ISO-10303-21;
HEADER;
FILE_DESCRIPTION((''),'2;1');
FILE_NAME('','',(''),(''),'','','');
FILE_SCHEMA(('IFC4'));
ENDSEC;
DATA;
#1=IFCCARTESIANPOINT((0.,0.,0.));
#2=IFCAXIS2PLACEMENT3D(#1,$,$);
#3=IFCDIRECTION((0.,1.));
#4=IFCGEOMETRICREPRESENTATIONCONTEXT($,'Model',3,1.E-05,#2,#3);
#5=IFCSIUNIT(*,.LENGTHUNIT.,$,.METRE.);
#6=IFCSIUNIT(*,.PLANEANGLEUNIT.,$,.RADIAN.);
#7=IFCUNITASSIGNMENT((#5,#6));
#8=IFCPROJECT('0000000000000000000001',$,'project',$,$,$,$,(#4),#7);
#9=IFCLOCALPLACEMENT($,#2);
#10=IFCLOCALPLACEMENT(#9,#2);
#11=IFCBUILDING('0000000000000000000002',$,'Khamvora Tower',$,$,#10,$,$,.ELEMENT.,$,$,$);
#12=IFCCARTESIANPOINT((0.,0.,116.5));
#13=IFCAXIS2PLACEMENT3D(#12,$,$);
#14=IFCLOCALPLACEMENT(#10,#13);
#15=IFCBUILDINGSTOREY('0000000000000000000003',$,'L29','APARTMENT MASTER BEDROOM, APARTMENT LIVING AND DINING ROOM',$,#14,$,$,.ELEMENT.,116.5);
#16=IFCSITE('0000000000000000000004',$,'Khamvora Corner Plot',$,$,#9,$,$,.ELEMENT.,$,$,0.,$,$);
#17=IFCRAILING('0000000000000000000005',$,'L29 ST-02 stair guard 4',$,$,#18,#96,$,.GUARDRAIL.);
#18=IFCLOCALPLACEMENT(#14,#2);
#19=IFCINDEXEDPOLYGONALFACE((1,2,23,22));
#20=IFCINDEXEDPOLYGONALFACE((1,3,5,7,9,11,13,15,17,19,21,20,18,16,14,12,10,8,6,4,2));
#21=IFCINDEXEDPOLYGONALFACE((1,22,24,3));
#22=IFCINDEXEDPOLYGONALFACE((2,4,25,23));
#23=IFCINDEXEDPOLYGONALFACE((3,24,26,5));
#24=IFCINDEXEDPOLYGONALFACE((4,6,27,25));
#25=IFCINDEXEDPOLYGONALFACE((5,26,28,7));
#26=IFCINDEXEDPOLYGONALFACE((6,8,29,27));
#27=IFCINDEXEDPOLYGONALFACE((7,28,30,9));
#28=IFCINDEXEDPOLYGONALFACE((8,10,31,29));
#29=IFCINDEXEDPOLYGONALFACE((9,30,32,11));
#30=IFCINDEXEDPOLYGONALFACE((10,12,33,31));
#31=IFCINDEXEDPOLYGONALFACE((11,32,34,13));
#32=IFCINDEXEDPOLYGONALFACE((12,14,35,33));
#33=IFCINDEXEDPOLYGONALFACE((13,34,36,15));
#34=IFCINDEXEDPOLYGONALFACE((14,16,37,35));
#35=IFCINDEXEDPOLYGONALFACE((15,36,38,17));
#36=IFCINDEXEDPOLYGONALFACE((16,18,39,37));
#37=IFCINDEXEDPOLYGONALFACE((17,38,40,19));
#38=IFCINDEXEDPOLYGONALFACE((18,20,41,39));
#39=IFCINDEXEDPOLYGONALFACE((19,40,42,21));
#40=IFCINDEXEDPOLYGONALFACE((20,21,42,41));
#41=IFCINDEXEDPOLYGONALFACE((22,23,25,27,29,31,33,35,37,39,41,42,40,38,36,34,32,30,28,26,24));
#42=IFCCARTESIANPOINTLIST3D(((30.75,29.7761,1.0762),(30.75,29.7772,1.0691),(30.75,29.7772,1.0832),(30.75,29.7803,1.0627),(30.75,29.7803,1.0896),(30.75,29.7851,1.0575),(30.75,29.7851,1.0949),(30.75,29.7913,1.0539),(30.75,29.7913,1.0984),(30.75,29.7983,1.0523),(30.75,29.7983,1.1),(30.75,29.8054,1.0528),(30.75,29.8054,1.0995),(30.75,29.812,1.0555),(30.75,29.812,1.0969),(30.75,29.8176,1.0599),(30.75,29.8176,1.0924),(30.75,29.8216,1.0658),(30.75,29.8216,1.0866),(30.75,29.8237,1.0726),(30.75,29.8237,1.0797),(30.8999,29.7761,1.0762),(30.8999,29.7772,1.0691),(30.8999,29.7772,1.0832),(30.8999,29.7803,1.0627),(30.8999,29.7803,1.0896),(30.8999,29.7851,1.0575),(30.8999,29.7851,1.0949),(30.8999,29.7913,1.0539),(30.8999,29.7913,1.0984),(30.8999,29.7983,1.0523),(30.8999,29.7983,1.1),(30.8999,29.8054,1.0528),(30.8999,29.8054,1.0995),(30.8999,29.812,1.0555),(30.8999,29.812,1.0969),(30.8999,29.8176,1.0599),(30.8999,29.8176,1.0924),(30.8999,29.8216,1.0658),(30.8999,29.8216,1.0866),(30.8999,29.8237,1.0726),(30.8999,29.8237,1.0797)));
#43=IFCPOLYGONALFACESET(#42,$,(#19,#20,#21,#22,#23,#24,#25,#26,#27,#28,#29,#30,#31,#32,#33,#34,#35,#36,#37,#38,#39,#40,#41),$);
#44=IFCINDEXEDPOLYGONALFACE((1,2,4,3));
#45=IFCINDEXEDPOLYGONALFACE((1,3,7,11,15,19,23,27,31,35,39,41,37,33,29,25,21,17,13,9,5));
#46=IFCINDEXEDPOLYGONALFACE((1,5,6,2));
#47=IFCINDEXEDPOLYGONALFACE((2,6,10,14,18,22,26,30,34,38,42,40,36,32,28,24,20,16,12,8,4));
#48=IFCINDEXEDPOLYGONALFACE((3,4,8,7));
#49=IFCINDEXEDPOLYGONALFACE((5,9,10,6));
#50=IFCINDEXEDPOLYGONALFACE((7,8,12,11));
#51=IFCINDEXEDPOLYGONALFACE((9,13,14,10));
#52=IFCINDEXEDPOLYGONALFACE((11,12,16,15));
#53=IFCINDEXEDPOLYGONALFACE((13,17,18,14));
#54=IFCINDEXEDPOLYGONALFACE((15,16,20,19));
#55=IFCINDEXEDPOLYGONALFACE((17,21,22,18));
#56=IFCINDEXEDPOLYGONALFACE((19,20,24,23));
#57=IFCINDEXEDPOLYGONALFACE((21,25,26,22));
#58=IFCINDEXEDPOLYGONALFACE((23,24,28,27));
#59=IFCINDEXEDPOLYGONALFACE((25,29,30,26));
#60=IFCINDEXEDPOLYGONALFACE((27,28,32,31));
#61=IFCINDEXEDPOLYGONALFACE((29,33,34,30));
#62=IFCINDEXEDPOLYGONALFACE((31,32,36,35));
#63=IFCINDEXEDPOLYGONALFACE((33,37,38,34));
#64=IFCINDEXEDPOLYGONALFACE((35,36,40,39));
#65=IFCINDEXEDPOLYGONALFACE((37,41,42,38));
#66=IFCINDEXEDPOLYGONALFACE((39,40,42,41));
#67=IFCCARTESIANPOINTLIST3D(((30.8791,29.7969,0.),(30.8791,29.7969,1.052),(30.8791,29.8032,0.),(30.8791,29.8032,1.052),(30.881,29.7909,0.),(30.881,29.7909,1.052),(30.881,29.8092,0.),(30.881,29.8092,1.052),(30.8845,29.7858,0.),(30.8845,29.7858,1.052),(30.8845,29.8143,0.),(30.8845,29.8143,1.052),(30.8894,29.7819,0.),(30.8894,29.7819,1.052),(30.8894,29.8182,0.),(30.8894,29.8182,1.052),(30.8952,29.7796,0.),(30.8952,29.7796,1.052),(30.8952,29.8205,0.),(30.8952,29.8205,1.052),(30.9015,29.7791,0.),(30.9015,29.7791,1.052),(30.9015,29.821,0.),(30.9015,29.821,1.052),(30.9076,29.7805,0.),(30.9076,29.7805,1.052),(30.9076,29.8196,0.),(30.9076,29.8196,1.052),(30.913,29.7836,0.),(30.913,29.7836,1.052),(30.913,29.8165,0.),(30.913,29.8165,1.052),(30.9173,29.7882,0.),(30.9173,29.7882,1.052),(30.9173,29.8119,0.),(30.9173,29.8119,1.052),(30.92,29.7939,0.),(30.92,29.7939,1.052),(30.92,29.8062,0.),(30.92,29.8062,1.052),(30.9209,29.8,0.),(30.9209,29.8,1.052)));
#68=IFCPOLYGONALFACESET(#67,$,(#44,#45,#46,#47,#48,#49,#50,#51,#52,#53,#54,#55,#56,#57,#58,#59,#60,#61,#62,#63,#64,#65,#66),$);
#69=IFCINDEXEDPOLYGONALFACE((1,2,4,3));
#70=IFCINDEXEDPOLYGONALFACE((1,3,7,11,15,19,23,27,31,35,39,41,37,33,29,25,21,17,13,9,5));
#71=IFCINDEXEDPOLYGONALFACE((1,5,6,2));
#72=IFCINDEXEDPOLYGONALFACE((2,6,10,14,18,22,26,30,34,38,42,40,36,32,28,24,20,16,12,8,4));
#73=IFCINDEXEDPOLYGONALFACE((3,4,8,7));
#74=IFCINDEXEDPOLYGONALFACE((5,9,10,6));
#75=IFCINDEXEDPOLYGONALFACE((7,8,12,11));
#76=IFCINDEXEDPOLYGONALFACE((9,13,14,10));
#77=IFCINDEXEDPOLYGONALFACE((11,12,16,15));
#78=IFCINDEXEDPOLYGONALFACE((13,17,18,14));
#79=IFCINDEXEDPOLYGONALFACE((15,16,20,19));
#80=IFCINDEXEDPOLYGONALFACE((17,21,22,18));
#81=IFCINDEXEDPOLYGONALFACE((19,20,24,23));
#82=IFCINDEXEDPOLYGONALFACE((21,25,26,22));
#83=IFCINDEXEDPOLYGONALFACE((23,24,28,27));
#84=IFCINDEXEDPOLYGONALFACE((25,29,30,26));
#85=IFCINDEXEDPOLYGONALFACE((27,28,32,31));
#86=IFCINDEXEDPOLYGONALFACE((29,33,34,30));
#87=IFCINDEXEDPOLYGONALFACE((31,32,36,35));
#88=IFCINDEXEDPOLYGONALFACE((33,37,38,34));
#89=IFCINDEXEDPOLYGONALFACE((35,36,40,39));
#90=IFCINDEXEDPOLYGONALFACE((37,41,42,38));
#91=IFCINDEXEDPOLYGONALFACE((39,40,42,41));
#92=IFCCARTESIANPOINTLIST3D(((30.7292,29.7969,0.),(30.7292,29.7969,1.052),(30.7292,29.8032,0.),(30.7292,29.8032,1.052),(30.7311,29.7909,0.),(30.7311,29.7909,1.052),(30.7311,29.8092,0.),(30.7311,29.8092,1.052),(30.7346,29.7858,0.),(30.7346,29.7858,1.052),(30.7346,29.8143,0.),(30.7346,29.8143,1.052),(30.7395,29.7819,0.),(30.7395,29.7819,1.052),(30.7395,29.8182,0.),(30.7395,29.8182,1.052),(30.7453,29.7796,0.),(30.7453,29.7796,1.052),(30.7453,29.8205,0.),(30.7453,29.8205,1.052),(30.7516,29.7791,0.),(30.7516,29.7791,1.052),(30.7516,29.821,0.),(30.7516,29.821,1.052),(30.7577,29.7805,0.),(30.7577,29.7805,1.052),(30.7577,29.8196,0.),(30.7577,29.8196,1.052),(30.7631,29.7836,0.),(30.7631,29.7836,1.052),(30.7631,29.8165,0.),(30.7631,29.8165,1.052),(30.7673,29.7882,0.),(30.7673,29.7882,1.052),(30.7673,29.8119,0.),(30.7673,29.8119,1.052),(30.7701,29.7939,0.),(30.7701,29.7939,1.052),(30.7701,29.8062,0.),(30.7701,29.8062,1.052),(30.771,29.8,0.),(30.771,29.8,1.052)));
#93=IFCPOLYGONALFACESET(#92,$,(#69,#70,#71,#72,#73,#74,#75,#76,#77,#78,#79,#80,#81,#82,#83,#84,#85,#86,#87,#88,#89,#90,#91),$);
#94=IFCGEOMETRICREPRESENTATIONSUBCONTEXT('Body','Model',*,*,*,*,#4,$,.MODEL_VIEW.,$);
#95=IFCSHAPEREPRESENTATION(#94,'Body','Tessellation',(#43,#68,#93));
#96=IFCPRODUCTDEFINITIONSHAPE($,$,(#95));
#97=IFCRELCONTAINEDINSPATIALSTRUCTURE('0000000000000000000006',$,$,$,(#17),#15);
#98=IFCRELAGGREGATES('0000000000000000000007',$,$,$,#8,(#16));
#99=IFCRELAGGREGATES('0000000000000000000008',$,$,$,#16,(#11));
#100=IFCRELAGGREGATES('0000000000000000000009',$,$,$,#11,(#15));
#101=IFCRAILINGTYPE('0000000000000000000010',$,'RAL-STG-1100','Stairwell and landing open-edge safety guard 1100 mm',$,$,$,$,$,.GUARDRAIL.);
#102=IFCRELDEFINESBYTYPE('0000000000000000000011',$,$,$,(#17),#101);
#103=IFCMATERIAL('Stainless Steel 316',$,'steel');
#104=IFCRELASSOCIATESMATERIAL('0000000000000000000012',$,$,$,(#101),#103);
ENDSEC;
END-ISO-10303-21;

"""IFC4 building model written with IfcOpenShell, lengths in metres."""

from ifc_helpers import new_model, si_unit, direction, frame, origin, origin_2d, place, context, subcontext, project, spatial, circle, extrude, material, type_object, element, save


model = new_model("IFC4")

# Units and contexts
model_context = context("Model", 3, precision=1e-05, world=origin(), true_north=direction((0.0, 1.0)))
body_context = subcontext(model_context, "Body", "Model", "MODEL_VIEW")
ifc_project = project(units=[si_unit("LENGTHUNIT", "METRE"), si_unit("PLANEANGLEUNIT", "RADIAN")], contexts=[model_context])

# Site, building, storey
site_placement = place(None, origin())
site = spatial("IfcSite", under=ifc_project, at=site_placement, Name="Khamvora Corner Plot", CompositionType="ELEMENT", RefElevation=0.0)
building_placement = place(site_placement, origin())
building = spatial("IfcBuilding", under=site, at=building_placement, Name="Khamvora Tower", CompositionType="ELEMENT")
storey_placement = place(building_placement, frame((0.0, 0.0, 116.5)))
storey = spatial("IfcBuildingStorey", under=building, at=storey_placement, Name="L29", Description="APARTMENT MASTER BEDROOM, APARTMENT LIVING AND DINING ROOM", CompositionType="ELEMENT", Elevation=116.5)

# Railing
ifc_material_1 = material(Name="Stainless Steel 316", Category="steel")
railing_type_1 = type_object("IfcRailingType", Name="RAL-STG-1100", Description="Stairwell and landing open-edge safety guard 1100 mm", PredefinedType="GUARDRAIL", material=ifc_material_1)
for number, where, name in (
    (1, (30.8999, 29.8, 0.0), "L29 ST-02 stair guard 4"),
):
    element("IfcRailing", number, at=place(storey_placement, frame(where)), inside=storey, type_object=railing_type_1, Name=name, PredefinedType="GUARDRAIL", context=body_context, shape_type="SweptSolid", body=[
        extrude(circle(Radius=0.0239, at=origin_2d()), frame((0.0, 0.0, 1.0762), z_axis=(-1.0, 0.0, 0.0), x_axis=(0.0, -1.0, 0.0)), (0.0, 0.0, 1.0), 0.1499),
        extrude(circle(Radius=0.021, at=origin_2d()), origin(), (0.0, 0.0, 1.0), 1.052),
        extrude(circle(Radius=0.021, at=origin_2d()), frame((-0.1499, 0.0, 0.0)), (0.0, 0.0, 1.0), 1.052),
    ])

save(model, "model.ifc")
